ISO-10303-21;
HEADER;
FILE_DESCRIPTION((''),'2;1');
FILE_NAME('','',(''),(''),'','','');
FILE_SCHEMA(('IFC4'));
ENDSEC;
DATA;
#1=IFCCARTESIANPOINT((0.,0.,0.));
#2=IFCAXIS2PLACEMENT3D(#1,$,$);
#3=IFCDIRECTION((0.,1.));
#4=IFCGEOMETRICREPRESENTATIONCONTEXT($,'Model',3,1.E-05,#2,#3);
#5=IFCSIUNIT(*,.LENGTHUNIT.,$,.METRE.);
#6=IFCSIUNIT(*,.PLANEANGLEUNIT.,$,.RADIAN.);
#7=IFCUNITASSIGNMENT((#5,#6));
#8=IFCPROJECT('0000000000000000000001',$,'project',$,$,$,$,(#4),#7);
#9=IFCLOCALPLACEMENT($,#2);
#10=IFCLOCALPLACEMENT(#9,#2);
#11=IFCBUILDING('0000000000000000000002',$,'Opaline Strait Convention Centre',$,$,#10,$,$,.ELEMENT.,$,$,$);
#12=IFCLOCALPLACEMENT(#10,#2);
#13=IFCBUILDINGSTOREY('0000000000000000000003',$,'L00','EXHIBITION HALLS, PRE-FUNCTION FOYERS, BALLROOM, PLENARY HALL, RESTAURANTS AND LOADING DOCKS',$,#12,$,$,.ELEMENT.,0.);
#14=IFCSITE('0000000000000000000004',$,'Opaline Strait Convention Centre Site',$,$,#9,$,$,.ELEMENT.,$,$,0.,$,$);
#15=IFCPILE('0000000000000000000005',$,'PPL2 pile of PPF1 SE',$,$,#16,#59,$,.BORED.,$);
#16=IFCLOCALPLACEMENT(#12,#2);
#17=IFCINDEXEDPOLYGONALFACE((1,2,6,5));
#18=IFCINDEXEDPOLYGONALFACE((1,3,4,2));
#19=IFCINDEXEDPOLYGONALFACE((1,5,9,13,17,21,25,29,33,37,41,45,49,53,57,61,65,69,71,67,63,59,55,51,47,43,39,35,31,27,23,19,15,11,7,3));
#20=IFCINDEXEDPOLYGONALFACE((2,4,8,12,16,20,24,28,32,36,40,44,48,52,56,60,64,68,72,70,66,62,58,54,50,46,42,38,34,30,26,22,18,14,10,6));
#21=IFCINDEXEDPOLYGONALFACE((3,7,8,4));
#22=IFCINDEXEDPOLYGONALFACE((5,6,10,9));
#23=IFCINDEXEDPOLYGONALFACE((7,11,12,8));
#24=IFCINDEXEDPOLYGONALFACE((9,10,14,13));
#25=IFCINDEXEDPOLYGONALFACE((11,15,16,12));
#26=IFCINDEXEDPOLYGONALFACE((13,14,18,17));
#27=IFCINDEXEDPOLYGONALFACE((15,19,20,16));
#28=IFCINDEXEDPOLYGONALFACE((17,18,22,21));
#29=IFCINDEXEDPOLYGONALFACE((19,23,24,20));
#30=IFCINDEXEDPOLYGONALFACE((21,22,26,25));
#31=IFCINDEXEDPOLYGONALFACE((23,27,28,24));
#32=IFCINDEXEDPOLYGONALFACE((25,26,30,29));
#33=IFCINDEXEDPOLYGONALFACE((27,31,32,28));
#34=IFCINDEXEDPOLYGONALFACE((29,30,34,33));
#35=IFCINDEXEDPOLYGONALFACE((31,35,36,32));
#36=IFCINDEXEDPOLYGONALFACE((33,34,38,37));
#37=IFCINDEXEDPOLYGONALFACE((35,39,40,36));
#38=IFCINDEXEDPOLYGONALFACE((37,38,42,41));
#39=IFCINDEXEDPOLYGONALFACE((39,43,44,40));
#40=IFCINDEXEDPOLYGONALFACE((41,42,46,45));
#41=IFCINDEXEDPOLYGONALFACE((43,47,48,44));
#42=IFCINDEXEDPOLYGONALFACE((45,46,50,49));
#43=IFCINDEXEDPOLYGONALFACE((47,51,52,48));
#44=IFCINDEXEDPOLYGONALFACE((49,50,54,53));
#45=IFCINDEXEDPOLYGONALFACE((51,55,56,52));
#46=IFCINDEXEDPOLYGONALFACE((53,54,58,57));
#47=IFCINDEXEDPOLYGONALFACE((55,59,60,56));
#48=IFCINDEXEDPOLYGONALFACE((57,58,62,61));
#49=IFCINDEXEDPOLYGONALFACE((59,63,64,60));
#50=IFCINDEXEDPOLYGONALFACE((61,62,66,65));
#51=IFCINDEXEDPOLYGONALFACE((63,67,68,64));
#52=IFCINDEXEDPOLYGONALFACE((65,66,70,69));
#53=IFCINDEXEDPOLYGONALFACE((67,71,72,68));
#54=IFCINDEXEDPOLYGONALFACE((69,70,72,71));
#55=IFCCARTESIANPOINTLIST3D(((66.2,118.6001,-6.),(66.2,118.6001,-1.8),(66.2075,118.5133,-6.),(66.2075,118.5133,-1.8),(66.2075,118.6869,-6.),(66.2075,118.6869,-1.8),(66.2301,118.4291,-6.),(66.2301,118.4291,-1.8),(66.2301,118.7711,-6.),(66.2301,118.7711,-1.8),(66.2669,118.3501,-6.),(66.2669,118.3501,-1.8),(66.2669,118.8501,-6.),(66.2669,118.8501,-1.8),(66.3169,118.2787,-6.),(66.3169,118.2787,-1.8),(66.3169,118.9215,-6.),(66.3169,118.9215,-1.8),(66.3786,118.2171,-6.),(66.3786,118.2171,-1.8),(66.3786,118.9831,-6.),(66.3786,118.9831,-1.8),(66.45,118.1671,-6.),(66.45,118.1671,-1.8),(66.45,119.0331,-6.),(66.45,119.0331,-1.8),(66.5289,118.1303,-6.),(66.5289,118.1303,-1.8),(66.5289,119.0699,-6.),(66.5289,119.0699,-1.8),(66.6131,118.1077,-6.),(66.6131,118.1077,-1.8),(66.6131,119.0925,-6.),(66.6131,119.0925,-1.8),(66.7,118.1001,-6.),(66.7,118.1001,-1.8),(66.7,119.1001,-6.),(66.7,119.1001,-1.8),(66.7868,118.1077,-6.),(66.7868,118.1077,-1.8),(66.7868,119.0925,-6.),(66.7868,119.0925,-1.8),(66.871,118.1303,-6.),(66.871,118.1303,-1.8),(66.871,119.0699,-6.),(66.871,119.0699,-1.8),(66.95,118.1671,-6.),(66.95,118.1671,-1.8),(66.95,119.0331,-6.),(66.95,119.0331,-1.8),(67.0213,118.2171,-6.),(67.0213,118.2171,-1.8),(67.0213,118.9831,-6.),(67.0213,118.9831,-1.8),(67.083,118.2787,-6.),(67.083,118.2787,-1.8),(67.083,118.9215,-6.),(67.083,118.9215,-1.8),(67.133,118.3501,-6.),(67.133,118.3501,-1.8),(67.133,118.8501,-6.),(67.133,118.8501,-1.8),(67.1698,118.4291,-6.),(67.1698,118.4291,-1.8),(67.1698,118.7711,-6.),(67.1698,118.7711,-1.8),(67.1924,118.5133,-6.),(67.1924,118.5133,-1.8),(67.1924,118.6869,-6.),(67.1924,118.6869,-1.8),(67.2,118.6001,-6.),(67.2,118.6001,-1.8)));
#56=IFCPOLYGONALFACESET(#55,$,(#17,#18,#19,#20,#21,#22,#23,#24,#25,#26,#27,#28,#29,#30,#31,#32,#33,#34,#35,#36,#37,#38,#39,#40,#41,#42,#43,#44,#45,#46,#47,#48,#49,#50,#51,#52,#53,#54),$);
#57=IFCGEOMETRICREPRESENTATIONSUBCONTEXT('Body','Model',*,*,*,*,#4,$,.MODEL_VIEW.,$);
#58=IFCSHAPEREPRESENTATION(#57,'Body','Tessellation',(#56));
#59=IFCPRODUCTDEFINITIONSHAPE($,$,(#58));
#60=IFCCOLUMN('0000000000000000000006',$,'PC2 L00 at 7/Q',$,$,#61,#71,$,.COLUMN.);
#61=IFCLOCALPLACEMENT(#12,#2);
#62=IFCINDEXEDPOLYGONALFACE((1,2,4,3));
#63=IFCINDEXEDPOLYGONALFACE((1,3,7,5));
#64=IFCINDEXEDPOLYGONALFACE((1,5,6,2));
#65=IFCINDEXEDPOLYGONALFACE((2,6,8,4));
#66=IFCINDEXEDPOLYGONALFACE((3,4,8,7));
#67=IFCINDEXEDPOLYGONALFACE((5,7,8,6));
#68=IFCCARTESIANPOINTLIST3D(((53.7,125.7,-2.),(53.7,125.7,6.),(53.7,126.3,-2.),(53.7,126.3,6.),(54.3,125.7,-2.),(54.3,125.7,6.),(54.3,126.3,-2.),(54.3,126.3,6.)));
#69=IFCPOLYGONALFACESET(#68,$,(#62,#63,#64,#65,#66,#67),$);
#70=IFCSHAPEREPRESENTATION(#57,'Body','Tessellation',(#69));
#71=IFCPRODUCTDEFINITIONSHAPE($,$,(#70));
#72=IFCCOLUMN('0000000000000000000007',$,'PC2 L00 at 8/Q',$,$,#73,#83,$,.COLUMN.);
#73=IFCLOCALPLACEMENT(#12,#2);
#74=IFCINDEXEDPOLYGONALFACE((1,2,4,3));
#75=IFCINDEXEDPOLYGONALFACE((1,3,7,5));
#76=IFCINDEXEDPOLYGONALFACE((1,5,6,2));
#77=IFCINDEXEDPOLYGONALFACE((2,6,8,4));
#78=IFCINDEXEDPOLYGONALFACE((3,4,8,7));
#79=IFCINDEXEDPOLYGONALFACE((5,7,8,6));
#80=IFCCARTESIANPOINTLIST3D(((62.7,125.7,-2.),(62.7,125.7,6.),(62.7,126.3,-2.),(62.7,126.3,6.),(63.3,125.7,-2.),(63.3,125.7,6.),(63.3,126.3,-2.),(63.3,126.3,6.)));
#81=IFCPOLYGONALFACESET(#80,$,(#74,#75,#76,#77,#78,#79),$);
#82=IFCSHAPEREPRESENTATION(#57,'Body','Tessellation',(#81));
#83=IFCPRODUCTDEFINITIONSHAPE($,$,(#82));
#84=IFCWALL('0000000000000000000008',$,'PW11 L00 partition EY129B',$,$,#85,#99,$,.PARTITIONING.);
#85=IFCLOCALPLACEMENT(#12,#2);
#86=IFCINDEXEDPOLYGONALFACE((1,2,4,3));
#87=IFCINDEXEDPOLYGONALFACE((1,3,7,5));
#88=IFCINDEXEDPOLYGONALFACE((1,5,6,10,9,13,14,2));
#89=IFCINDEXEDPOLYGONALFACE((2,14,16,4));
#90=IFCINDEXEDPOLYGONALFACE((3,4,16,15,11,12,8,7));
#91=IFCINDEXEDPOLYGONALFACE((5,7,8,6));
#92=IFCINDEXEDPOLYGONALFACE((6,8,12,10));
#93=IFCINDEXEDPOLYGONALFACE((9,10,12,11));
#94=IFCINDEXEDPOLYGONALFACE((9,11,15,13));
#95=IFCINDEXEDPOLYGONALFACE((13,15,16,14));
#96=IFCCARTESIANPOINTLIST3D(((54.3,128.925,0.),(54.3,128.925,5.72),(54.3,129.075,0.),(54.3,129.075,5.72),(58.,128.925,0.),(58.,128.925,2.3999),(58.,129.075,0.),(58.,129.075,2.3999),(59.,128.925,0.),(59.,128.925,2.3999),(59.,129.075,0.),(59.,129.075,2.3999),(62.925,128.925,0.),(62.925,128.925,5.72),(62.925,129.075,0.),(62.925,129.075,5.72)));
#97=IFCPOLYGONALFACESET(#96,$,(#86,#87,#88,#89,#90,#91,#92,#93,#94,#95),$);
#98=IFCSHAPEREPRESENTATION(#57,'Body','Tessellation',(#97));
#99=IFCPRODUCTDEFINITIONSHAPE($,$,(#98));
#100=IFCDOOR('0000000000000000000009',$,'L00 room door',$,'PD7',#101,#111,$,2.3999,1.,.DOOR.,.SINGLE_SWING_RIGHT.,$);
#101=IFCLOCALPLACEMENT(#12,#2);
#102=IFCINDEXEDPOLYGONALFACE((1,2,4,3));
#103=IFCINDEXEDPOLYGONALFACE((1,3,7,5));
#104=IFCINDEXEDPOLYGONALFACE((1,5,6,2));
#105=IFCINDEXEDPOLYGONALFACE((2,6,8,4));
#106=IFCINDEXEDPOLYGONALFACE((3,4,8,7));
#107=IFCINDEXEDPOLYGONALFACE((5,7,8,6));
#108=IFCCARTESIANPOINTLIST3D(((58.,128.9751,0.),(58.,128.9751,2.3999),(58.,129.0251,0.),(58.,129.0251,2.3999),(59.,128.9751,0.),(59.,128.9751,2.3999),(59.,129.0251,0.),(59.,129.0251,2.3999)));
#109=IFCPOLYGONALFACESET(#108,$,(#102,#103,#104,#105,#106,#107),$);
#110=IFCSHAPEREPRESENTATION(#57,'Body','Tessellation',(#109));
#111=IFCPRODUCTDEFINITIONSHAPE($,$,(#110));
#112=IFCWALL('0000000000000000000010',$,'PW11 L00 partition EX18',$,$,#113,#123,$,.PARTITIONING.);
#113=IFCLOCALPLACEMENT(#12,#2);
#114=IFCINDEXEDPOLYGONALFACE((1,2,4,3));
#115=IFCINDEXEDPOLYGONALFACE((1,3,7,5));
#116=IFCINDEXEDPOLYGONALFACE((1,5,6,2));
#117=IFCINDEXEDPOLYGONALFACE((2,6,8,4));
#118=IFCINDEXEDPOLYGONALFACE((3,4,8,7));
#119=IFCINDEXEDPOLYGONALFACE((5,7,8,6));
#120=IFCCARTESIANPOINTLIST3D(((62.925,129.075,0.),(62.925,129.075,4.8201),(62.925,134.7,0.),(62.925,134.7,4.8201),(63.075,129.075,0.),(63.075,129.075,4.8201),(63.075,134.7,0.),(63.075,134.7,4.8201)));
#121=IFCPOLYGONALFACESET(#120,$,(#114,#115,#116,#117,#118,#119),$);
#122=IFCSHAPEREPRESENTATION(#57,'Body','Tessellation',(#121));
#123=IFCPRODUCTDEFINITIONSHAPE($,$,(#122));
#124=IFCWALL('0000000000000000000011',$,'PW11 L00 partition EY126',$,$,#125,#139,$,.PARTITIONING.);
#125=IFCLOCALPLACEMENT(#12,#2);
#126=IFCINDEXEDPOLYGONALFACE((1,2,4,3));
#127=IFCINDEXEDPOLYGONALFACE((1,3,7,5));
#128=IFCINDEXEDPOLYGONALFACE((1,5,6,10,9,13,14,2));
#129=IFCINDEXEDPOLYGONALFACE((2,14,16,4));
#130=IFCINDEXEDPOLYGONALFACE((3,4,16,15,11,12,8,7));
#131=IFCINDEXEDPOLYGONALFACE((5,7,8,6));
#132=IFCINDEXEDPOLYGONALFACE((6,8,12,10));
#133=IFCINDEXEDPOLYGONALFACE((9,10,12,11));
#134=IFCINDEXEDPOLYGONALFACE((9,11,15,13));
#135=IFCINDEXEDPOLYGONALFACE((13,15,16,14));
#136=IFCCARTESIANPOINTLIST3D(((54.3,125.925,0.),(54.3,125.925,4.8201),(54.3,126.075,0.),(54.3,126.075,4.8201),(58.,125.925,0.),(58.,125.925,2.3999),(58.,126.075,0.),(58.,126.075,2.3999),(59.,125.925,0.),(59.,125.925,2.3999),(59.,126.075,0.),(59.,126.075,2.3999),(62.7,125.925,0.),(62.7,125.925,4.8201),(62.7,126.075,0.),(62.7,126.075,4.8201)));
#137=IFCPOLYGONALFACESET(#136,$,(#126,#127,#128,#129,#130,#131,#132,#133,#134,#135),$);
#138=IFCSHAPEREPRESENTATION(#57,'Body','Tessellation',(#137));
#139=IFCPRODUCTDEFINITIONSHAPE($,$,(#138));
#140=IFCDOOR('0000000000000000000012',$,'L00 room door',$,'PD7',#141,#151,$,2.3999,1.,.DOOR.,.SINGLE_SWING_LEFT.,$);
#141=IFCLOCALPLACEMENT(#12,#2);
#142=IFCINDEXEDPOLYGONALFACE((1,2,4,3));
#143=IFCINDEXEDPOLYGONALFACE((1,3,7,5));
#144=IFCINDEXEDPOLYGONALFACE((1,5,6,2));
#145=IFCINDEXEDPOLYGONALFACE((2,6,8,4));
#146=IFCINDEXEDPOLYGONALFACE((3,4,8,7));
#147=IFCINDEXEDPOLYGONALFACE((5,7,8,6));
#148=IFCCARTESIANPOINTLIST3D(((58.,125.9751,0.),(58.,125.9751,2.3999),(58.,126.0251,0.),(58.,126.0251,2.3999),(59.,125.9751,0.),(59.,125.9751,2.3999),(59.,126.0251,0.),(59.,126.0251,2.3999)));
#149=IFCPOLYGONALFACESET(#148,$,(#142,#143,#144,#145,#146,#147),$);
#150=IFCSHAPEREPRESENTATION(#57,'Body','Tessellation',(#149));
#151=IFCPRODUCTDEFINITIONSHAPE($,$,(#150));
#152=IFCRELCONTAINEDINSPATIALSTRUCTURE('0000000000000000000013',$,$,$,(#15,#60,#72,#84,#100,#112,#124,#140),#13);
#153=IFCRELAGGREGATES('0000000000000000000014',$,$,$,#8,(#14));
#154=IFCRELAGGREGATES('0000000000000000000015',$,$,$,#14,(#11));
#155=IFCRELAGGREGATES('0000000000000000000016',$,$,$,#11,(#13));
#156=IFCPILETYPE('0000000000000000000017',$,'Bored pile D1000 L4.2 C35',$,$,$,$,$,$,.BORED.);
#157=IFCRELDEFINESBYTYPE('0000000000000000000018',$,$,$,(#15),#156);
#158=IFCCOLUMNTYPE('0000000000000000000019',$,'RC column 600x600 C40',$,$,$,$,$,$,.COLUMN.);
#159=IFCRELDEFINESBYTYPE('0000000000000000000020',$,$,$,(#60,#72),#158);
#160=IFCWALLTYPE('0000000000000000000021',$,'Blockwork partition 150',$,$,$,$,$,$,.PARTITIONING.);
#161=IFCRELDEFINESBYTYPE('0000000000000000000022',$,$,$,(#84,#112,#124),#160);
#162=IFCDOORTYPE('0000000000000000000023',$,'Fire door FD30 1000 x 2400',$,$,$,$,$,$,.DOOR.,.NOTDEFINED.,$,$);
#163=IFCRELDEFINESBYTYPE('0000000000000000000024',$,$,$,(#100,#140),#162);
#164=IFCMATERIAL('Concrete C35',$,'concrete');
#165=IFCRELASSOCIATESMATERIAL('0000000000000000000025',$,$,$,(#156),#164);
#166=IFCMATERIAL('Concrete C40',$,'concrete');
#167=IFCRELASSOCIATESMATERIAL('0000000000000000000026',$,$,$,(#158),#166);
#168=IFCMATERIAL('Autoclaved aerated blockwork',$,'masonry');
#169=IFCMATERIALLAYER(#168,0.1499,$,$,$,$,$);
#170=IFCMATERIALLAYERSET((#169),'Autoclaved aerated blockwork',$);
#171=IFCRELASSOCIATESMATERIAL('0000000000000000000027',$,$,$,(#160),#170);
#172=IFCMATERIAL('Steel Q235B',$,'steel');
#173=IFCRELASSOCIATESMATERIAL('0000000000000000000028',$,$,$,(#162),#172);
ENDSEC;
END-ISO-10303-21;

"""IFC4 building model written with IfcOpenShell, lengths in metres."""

from ifc_helpers import new_model, si_unit, direction, frame, frame_2d, origin, origin_2d, place, context, subcontext, project, spatial, rectangle, circle, extrude, material, layer, layer_set, material_profile, profile_set, type_object, element, fill, save


model = new_model("IFC4")

# Units and contexts
model_context = context("Model", 3, precision=1e-05, world=origin(), true_north=direction((0.0, 1.0)))
body_context = subcontext(model_context, "Body", "Model", "MODEL_VIEW")
ifc_project = project(units=[si_unit("LENGTHUNIT", "METRE"), si_unit("PLANEANGLEUNIT", "RADIAN")], contexts=[model_context])

# Site, building, storey
site_placement = place(None, origin())
site = spatial("IfcSite", under=ifc_project, at=site_placement, Name="Opaline Strait Convention Centre Site", CompositionType="ELEMENT", RefElevation=0.0)
building_placement = place(site_placement, origin())
building = spatial("IfcBuilding", under=site, at=building_placement, Name="Opaline Strait Convention Centre", CompositionType="ELEMENT")
storey_placement = place(building_placement, origin())
storey = spatial("IfcBuildingStorey", under=building, at=storey_placement, Name="L00", Description="EXHIBITION HALLS, PRE-FUNCTION FOYERS, BALLROOM, PLENARY HALL, RESTAURANTS AND LOADING DOCKS", CompositionType="ELEMENT", Elevation=0.0)

# Pile
ifc_material_1 = material(Name="Concrete C35", Category="concrete")
ifc_material_profile_1 = material_profile(ifc_material_1, circle(Radius=0.5, at=origin_2d()), Name="D1000")
ifc_profile_set_1 = profile_set([ifc_material_profile_1], Name="Concrete C35")
pile_type_1 = type_object("IfcPileType", Name="Bored pile D1000 L4.2 C35", PredefinedType="BORED", material=ifc_profile_set_1)
for number, where, z_axis, x_axis, name in (
    (1, (66.7, 118.6001, -1.8), (0.0, 0.0, -1.0), (1.0, 0.0, 0.0), "PPL2 pile of PPF1 SE"),
):
    element("IfcPile", number, at=place(storey_placement, frame(where, z_axis=z_axis, x_axis=x_axis)), inside=storey, type_object=pile_type_1, Name=name, PredefinedType="BORED", context=body_context, shape_type="SweptSolid", body=[
        extrude(circle(Radius=0.5, at=origin_2d()), origin(), (0.0, 0.0, 1.0), 4.2),
    ])

# Columns
ifc_material_2 = material(Name="Concrete C40", Category="concrete")
ifc_material_profile_2 = material_profile(ifc_material_2, rectangle(XDim=0.6001, YDim=0.6001, at=origin_2d()), Name="RC 600x600")
ifc_profile_set_2 = profile_set([ifc_material_profile_2], Name="Concrete C40")
column_type = type_object("IfcColumnType", Name="RC column 600x600 C40", PredefinedType="COLUMN", material=ifc_profile_set_2)
for number, where, z_axis, x_axis, name in (
    (2, (54.0, 126.0, -2.0), (0.0, 0.0, 1.0), (1.0, 0.0, 0.0), "PC2 L00 at 7/Q"),
    (3, (63.0, 126.0, -2.0), (0.0, 0.0, 1.0), (1.0, 0.0, 0.0), "PC2 L00 at 8/Q"),
):
    element("IfcColumn", number, at=place(storey_placement, frame(where, z_axis=z_axis, x_axis=x_axis)), inside=storey, type_object=column_type, Name=name, PredefinedType="COLUMN", context=body_context, shape_type="SweptSolid", body=[
        extrude(rectangle(XDim=0.6001, YDim=0.6001, at=origin_2d()), origin(), (0.0, 0.0, 1.0), 8.0),
    ])

# Wall, opening, door
ifc_material_3 = material(Name="Autoclaved aerated blockwork", Category="masonry")
ifc_layer_1 = layer(ifc_material_3, 0.1499)
ifc_layer_set_1 = layer_set([ifc_layer_1], Name="Autoclaved aerated blockwork")
wall_type_1 = type_object("IfcWallType", Name="Blockwork partition 150", PredefinedType="PARTITIONING", material=ifc_layer_set_1)
wall_1_placement = place(storey_placement, frame((62.925, 129.0, 0.0), z_axis=(0.0, 0.0, 1.0), x_axis=(-1.0, 0.0, 0.0)))
wall_1 = element("IfcWall", 4, at=wall_1_placement, inside=storey, type_object=wall_type_1, Name="PW11 L00 partition EY129B", PredefinedType="PARTITIONING", context=body_context, shape_type="SweptSolid", body=[
    extrude(rectangle(XDim=8.625, YDim=0.1499, at=frame_2d((4.3125, 0.0))), origin(), (0.0, 0.0, 1.0), 5.72),
])
opening_1_placement = place(wall_1_placement, frame((3.925, 0.0, 0.0)))
opening_1 = element("IfcOpeningElement", 5, at=opening_1_placement, cuts=wall_1, PredefinedType="OPENING", context=body_context, shape_type="SweptSolid", body=[
    extrude(rectangle(XDim=1.0, YDim=2.3999, at=frame_2d((0.5, 1.2))), frame((0.0, 0.085, 0.0), z_axis=(0.0, -1.0, 0.0), x_axis=(1.0, 0.0, 0.0)), (0.0, 0.0, 1.0), 0.1699),
])
ifc_material_4 = material(Name="Steel Q235B", Category="steel")
door_type_1 = type_object("IfcDoorType", Name="Fire door FD30 1000 x 2400", OperationType="NOTDEFINED", PredefinedType="DOOR", material=ifc_material_4)
door_1_placement = place(opening_1_placement, origin())
door_1 = element("IfcDoor", 6, at=door_1_placement, inside=storey, type_object=door_type_1, Name="L00 room door", ObjectType="PD7", OperationType="SINGLE_SWING_RIGHT", OverallHeight=2.3999, OverallWidth=1.0, PredefinedType="DOOR", context=body_context, shape_type="SweptSolid", body=[
    extrude(rectangle(XDim=1.0, YDim=2.3999, at=frame_2d((0.5, 1.2))), frame((0.0, 0.0249, 0.0), z_axis=(0.0, -1.0, 0.0), x_axis=(1.0, 0.0, 0.0)), (0.0, 0.0, 1.0), 0.05),
])
fill(opening_1, door_1)

# Wall
wall_2_placement = place(storey_placement, frame((63.0, 129.075, 0.0), z_axis=(0.0, 0.0, 1.0), x_axis=(0.0, 1.0, 0.0)))
element("IfcWall", 7, at=wall_2_placement, inside=storey, type_object=wall_type_1, Name="PW11 L00 partition EX18", PredefinedType="PARTITIONING", context=body_context, shape_type="SweptSolid", body=[
    extrude(rectangle(XDim=5.625, YDim=0.1499, at=frame_2d((2.8125, 0.0))), origin(), (0.0, 0.0, 1.0), 4.8201),
])

# Wall, opening, door
wall_3_placement = place(storey_placement, frame((62.7, 126.0, 0.0), z_axis=(0.0, 0.0, 1.0), x_axis=(-1.0, 0.0, 0.0)))
wall_3 = element("IfcWall", 8, at=wall_3_placement, inside=storey, type_object=wall_type_1, Name="PW11 L00 partition EY126", PredefinedType="PARTITIONING", context=body_context, shape_type="SweptSolid", body=[
    extrude(rectangle(XDim=8.3999, YDim=0.1499, at=frame_2d((4.2, 0.0))), origin(), (0.0, 0.0, 1.0), 4.8201),
])
opening_2_placement = place(wall_3_placement, frame((3.7, 0.0, 0.0)))
opening_2 = element("IfcOpeningElement", 9, at=opening_2_placement, cuts=wall_3, PredefinedType="OPENING", context=body_context, shape_type="SweptSolid", body=[
    extrude(rectangle(XDim=1.0, YDim=2.3999, at=frame_2d((0.5, 1.2))), frame((0.0, 0.085, 0.0), z_axis=(0.0, -1.0, 0.0), x_axis=(1.0, 0.0, 0.0)), (0.0, 0.0, 1.0), 0.1699),
])
door_2_placement = place(opening_2_placement, origin())
door_2 = element("IfcDoor", 10, at=door_2_placement, inside=storey, type_object=door_type_1, Name="L00 room door", ObjectType="PD7", OperationType="SINGLE_SWING_LEFT", OverallHeight=2.3999, OverallWidth=1.0, PredefinedType="DOOR", context=body_context, shape_type="SweptSolid", body=[
    extrude(rectangle(XDim=1.0, YDim=2.3999, at=frame_2d((0.5, 1.2))), frame((0.0, 0.0249, 0.0), z_axis=(0.0, -1.0, 0.0), x_axis=(1.0, 0.0, 0.0)), (0.0, 0.0, 1.0), 0.05),
])
fill(opening_2, door_2)

save(model, "model.ifc")
